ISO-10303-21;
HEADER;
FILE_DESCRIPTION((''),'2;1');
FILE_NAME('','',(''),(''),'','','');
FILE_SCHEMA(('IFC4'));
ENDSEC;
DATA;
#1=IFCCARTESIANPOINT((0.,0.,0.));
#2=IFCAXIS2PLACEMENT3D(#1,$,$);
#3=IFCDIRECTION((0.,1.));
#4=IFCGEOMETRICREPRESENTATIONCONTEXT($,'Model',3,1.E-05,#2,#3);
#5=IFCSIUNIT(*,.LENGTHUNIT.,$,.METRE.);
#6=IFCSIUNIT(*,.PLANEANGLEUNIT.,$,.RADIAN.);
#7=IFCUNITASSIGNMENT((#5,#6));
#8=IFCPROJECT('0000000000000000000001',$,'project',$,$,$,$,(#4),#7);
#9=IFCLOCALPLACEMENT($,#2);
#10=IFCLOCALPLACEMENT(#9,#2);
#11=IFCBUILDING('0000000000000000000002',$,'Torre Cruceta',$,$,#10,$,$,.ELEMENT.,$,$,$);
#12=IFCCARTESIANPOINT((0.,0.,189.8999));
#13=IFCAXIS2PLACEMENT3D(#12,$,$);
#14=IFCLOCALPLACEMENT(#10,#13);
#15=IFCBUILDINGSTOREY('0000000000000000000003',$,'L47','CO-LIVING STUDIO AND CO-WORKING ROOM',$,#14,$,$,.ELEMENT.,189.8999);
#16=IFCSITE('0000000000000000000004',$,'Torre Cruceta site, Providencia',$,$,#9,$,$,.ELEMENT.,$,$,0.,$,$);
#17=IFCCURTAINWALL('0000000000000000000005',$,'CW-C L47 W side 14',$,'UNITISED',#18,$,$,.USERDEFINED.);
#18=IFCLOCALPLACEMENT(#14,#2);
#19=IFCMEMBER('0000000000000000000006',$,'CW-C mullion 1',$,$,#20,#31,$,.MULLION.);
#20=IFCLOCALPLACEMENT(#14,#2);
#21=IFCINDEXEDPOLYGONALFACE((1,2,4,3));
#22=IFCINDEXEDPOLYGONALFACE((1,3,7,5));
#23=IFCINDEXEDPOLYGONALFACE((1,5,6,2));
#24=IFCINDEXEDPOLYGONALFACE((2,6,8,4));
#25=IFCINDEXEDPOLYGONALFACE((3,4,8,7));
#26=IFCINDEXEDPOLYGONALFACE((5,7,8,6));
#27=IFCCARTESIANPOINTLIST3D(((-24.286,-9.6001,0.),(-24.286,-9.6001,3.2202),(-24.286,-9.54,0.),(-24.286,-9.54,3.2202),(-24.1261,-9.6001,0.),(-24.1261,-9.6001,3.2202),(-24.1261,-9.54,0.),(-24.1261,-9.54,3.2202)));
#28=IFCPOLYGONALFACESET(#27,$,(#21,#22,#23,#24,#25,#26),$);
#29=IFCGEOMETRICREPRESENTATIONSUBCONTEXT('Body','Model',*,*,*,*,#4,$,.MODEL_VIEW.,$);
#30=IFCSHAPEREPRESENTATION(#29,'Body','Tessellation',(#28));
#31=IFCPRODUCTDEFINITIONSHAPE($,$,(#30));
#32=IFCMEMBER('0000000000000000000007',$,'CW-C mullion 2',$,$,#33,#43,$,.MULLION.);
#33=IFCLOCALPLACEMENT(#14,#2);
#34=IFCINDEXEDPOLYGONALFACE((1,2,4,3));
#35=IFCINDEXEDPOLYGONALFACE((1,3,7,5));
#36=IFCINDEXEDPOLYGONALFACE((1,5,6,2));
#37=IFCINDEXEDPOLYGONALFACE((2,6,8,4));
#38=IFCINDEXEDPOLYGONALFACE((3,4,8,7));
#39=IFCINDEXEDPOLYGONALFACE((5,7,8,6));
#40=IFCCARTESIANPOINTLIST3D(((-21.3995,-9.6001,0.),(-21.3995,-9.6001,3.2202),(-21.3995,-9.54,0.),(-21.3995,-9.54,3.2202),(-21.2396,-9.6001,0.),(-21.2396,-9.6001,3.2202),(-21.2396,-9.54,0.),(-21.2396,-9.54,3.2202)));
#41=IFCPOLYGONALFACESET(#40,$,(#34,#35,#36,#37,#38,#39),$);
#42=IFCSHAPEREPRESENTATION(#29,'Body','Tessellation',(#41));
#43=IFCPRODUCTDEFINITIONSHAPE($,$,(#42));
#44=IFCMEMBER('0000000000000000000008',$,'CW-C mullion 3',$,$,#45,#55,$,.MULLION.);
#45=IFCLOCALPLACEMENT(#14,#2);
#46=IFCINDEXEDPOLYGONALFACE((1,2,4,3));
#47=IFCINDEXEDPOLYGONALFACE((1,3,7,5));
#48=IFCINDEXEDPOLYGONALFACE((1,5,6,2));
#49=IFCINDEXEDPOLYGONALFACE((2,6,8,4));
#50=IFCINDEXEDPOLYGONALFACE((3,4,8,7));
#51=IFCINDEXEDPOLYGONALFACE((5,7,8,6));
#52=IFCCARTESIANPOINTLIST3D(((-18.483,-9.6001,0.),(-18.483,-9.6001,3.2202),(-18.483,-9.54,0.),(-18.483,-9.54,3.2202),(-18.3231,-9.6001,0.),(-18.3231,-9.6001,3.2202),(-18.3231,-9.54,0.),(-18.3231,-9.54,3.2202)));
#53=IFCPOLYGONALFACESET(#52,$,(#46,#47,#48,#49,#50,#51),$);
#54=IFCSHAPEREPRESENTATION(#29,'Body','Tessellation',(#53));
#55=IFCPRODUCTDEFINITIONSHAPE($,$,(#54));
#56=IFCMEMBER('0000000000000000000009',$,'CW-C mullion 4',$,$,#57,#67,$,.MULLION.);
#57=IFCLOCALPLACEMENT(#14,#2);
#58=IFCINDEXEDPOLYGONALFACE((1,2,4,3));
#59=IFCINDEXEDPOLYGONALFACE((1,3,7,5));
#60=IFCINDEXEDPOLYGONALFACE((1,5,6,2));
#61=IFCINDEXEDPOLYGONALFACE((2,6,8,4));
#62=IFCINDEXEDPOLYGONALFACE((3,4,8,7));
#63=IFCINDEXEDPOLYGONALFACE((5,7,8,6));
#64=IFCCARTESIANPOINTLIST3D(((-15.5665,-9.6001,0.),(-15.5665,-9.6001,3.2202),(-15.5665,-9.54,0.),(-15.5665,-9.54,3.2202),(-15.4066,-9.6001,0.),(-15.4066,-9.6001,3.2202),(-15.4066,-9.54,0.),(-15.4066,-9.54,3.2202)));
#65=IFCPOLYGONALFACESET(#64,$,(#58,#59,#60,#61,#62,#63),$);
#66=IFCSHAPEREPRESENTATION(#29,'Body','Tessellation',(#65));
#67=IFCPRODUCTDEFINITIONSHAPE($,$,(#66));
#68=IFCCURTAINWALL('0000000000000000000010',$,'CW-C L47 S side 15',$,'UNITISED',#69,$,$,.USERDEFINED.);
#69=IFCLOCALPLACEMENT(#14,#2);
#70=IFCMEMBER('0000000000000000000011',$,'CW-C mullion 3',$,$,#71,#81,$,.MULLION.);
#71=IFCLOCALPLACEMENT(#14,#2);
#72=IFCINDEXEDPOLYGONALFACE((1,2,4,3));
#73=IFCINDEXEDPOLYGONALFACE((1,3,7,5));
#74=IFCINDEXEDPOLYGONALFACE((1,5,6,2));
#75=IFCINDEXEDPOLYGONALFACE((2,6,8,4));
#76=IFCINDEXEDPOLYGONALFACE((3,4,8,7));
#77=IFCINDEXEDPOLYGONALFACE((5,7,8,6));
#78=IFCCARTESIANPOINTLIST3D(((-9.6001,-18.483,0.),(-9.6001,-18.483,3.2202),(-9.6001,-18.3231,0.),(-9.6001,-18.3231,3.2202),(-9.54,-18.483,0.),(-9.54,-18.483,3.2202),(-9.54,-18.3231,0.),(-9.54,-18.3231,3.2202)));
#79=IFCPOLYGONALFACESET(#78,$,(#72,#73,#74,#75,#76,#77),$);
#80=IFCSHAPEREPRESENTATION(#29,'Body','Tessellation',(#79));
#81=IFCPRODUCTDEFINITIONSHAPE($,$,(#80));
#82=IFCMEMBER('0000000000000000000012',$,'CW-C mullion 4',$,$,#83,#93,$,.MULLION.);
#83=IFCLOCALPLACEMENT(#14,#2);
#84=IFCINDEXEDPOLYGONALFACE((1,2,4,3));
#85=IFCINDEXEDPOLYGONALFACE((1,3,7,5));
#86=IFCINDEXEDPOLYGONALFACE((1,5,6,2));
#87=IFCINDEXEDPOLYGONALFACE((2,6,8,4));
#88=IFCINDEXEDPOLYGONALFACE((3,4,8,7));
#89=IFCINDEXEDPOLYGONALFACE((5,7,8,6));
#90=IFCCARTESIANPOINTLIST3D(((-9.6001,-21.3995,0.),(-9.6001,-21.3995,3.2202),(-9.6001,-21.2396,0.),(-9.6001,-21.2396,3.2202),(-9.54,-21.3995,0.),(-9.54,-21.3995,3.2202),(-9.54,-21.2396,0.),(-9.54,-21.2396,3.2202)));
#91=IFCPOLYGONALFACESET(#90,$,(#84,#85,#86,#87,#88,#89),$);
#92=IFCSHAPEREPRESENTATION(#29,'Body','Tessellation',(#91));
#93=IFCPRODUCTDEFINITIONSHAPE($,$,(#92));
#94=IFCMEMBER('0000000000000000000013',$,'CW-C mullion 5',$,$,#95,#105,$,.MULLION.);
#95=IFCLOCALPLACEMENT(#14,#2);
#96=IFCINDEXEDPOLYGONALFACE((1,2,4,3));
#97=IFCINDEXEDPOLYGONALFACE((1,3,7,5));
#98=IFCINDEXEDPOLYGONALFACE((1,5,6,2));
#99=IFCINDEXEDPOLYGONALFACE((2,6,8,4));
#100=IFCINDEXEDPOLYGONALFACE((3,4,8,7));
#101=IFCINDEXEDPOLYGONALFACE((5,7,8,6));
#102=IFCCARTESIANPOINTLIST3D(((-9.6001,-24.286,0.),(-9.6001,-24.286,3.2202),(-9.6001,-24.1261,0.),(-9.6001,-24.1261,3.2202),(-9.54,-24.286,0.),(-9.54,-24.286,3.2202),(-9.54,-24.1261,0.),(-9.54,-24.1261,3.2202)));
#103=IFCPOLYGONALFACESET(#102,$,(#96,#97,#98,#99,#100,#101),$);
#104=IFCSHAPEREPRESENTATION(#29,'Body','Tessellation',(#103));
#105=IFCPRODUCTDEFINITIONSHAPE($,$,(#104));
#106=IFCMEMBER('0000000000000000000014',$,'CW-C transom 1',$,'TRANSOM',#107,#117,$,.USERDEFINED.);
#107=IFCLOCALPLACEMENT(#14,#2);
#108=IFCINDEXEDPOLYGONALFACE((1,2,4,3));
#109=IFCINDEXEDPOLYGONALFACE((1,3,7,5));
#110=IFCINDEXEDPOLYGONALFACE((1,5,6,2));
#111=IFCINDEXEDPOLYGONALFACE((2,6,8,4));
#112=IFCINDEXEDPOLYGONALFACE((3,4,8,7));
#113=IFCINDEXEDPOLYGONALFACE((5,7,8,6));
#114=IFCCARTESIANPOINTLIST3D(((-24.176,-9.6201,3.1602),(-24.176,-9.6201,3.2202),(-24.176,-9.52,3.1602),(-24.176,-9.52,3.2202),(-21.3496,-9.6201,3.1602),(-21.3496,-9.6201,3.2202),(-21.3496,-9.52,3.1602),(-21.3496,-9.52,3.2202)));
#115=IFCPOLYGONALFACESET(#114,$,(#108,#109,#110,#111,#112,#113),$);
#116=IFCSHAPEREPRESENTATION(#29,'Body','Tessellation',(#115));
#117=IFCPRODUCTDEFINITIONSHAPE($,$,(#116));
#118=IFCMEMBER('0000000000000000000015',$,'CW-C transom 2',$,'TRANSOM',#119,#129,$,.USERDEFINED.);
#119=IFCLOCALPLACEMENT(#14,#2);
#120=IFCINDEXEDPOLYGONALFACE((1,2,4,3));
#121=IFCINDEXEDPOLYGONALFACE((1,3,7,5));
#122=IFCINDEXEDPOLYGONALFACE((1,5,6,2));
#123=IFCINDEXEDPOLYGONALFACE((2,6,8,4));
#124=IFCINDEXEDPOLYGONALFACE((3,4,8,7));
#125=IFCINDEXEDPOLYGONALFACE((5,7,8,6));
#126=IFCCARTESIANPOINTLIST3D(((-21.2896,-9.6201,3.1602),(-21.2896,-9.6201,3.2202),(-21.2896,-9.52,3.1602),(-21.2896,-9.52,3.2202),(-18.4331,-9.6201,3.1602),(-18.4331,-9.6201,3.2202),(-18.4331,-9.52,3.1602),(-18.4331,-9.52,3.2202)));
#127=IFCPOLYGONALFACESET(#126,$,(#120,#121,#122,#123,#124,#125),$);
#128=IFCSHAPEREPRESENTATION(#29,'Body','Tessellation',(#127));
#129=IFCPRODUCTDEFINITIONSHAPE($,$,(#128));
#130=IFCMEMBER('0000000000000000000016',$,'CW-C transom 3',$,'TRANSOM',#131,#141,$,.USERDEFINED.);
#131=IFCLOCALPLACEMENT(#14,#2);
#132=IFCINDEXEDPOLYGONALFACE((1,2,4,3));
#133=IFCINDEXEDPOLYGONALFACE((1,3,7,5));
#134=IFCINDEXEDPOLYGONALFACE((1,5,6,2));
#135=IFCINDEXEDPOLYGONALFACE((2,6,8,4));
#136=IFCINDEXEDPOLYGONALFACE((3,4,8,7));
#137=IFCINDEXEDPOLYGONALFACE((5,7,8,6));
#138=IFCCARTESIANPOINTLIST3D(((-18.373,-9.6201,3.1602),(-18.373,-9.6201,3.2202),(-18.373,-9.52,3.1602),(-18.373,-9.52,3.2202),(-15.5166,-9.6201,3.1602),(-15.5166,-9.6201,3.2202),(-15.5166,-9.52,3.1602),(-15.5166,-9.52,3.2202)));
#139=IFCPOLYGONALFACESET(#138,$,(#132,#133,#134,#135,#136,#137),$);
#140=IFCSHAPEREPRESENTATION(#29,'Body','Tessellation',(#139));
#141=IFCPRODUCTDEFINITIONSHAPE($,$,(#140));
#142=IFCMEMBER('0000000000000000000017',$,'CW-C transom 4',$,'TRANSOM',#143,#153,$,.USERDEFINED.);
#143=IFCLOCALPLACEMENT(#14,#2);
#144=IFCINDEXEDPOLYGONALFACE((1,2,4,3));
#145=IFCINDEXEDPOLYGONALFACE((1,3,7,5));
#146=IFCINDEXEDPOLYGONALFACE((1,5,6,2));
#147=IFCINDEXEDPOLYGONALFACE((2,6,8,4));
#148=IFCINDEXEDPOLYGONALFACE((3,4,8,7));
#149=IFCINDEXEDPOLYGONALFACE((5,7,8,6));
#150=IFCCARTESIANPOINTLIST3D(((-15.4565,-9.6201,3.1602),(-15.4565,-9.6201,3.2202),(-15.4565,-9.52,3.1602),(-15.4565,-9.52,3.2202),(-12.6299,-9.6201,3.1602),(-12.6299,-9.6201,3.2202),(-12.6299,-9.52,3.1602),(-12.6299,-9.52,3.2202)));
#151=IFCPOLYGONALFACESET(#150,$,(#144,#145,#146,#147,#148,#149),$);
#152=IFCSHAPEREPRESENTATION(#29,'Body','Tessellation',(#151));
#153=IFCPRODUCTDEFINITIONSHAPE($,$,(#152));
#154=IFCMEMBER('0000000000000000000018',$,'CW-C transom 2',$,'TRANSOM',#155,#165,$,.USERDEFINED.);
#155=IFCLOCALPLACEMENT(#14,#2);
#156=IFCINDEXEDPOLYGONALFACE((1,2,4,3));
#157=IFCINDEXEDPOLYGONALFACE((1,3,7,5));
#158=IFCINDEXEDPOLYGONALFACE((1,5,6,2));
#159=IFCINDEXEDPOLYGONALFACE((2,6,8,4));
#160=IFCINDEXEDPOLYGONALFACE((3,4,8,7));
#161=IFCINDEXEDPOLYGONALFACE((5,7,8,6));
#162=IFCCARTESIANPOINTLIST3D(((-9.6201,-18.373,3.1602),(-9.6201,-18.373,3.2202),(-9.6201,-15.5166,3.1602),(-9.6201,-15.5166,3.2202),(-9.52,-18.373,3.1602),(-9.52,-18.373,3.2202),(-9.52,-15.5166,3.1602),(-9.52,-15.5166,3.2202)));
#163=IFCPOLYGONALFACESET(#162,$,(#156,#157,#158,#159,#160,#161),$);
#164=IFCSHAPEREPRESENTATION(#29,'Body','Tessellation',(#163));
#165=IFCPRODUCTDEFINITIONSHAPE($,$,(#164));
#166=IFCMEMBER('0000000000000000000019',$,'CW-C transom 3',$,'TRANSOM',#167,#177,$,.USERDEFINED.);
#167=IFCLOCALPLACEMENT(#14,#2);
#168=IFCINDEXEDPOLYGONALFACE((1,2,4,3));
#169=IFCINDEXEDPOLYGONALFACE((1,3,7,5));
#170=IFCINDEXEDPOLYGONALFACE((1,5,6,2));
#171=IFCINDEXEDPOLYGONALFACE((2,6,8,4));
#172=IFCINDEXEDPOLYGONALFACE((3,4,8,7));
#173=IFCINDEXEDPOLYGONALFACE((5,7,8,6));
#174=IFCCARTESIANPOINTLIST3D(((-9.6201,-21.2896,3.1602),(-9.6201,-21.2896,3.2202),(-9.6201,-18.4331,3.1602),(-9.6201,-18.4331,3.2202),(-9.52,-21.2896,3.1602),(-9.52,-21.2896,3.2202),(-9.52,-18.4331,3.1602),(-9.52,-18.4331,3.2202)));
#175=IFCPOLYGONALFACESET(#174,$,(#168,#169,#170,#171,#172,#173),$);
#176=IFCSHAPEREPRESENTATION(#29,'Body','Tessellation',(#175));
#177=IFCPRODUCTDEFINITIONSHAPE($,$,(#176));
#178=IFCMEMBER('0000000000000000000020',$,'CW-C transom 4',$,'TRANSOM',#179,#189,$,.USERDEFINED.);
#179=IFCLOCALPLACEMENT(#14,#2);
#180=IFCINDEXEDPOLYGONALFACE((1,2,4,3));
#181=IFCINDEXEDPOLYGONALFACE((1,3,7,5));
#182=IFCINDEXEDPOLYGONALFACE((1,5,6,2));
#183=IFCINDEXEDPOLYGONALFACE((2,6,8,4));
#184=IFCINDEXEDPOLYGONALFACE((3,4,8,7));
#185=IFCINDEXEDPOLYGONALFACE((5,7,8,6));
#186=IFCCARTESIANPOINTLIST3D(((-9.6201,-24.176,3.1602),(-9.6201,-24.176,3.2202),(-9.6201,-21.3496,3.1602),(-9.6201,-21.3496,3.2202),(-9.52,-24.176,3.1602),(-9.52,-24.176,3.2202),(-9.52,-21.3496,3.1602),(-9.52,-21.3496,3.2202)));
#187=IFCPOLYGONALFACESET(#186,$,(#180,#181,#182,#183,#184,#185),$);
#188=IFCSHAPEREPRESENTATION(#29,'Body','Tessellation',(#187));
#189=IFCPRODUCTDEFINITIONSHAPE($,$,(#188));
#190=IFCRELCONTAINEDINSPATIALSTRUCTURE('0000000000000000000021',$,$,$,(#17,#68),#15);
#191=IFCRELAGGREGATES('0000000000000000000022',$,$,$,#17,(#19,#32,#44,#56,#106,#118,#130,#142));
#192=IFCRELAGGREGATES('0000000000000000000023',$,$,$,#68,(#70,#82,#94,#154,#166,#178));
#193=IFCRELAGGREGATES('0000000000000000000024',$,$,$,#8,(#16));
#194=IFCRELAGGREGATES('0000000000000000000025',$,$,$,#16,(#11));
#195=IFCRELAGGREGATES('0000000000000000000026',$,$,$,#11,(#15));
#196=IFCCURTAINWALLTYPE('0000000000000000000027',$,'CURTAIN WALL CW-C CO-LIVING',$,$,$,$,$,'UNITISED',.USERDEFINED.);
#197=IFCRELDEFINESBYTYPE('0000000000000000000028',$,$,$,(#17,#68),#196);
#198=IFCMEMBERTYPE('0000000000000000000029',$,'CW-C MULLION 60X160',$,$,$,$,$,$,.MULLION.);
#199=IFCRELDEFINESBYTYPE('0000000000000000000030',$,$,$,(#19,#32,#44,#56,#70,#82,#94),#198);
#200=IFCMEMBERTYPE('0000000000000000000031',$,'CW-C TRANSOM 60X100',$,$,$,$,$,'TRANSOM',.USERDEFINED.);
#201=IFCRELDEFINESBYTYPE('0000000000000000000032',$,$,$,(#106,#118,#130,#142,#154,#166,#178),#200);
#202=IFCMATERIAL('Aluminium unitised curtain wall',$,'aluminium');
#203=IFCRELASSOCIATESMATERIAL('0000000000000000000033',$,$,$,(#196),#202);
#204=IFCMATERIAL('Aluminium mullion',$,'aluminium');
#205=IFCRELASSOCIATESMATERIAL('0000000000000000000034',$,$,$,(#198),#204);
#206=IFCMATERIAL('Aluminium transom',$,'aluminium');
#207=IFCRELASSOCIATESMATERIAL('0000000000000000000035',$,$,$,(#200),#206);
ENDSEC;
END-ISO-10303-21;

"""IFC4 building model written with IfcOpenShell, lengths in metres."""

from ifc_helpers import new_model, si_unit, direction, frame, origin, origin_2d, place, context, subcontext, project, spatial, rectangle, extrude, material, material_profile, profile_set, type_object, element, aggregate, save


model = new_model("IFC4")

# Units and contexts
model_context = context("Model", 3, precision=1e-05, world=origin(), true_north=direction((0.0, 1.0)))
body_context = subcontext(model_context, "Body", "Model", "MODEL_VIEW")
ifc_project = project(units=[si_unit("LENGTHUNIT", "METRE"), si_unit("PLANEANGLEUNIT", "RADIAN")], contexts=[model_context])

# Site, building, storey
site_placement = place(None, origin())
site = spatial("IfcSite", under=ifc_project, at=site_placement, Name="Torre Cruceta site, Providencia", CompositionType="ELEMENT", RefElevation=0.0)
building_placement = place(site_placement, origin())
building = spatial("IfcBuilding", under=site, at=building_placement, Name="Torre Cruceta", CompositionType="ELEMENT")
storey_placement = place(building_placement, frame((0.0, 0.0, 189.8999)))
storey = spatial("IfcBuildingStorey", under=building, at=storey_placement, Name="L47", Description="CO-LIVING STUDIO AND CO-WORKING ROOM", CompositionType="ELEMENT", Elevation=189.8999)

# Curtain walls, members
ifc_material_1 = material(Name="Aluminium unitised curtain wall", Category="aluminium")
curtain_wall_type = type_object("IfcCurtainWallType", Name="CURTAIN WALL CW-C CO-LIVING", ElementType="UNITISED", PredefinedType="USERDEFINED", material=ifc_material_1)
curtain_wall_1_placement = place(storey_placement, origin())
curtain_wall_1 = element("IfcCurtainWall", 1, at=curtain_wall_1_placement, inside=storey, type_object=curtain_wall_type, Name="CW-C L47 W side 14", ObjectType="UNITISED", PredefinedType="USERDEFINED")
ifc_material_2 = material(Name="Aluminium mullion", Category="aluminium")
ifc_material_profile_1 = material_profile(ifc_material_2, rectangle(XDim=0.0601, YDim=0.1599, at=origin_2d()), Name="AL 60X160")
ifc_profile_set_1 = profile_set([ifc_material_profile_1], Name="Aluminium mullion")
member_type_1 = type_object("IfcMemberType", Name="CW-C MULLION 60X160", PredefinedType="MULLION", material=ifc_profile_set_1)
member_1_placement = place(storey_placement, frame((-24.2061, -9.5701, 0.0), z_axis=(0.0, 0.0, 1.0), x_axis=(0.0, 1.0, 0.0)))
member_1 = element("IfcMember", 2, at=member_1_placement, type_object=member_type_1, Name="CW-C mullion 1", PredefinedType="MULLION", context=body_context, shape_type="SweptSolid", body=[
    extrude(rectangle(XDim=0.0601, YDim=0.1599, at=origin_2d()), origin(), (0.0, 0.0, 1.0), 3.2202),
])
member_2_placement = place(storey_placement, frame((-21.3196, -9.5701, 0.0), z_axis=(0.0, 0.0, 1.0), x_axis=(0.0, 1.0, 0.0)))
member_2 = element("IfcMember", 3, at=member_2_placement, type_object=member_type_1, Name="CW-C mullion 2", PredefinedType="MULLION", context=body_context, shape_type="SweptSolid", body=[
    extrude(rectangle(XDim=0.0601, YDim=0.1599, at=origin_2d()), origin(), (0.0, 0.0, 1.0), 3.2202),
])
member_3_placement = place(storey_placement, frame((-18.4031, -9.5701, 0.0), z_axis=(0.0, 0.0, 1.0), x_axis=(0.0, 1.0, 0.0)))
member_3 = element("IfcMember", 4, at=member_3_placement, type_object=member_type_1, Name="CW-C mullion 3", PredefinedType="MULLION", context=body_context, shape_type="SweptSolid", body=[
    extrude(rectangle(XDim=0.0601, YDim=0.1599, at=origin_2d()), origin(), (0.0, 0.0, 1.0), 3.2202),
])
member_4_placement = place(storey_placement, frame((-15.4866, -9.5701, 0.0), z_axis=(0.0, 0.0, 1.0), x_axis=(0.0, 1.0, 0.0)))
member_4 = element("IfcMember", 5, at=member_4_placement, type_object=member_type_1, Name="CW-C mullion 4", PredefinedType="MULLION", context=body_context, shape_type="SweptSolid", body=[
    extrude(rectangle(XDim=0.0601, YDim=0.1599, at=origin_2d()), origin(), (0.0, 0.0, 1.0), 3.2202),
])
curtain_wall_2_placement = place(storey_placement, origin())
curtain_wall_2 = element("IfcCurtainWall", 6, at=curtain_wall_2_placement, inside=storey, type_object=curtain_wall_type, Name="CW-C L47 S side 15", ObjectType="UNITISED", PredefinedType="USERDEFINED")
member_5_placement = place(storey_placement, frame((-9.5701, -18.4031, 0.0), z_axis=(0.0, 0.0, 1.0), x_axis=(1.0, 0.0, 0.0)))
member_5 = element("IfcMember", 7, at=member_5_placement, type_object=member_type_1, Name="CW-C mullion 3", PredefinedType="MULLION", context=body_context, shape_type="SweptSolid", body=[
    extrude(rectangle(XDim=0.0601, YDim=0.1599, at=origin_2d()), origin(), (0.0, 0.0, 1.0), 3.2202),
])
member_6_placement = place(storey_placement, frame((-9.5701, -21.3196, 0.0), z_axis=(0.0, 0.0, 1.0), x_axis=(1.0, 0.0, 0.0)))
member_6 = element("IfcMember", 8, at=member_6_placement, type_object=member_type_1, Name="CW-C mullion 4", PredefinedType="MULLION", context=body_context, shape_type="SweptSolid", body=[
    extrude(rectangle(XDim=0.0601, YDim=0.1599, at=origin_2d()), origin(), (0.0, 0.0, 1.0), 3.2202),
])
member_7_placement = place(storey_placement, frame((-9.5701, -24.2061, 0.0), z_axis=(0.0, 0.0, 1.0), x_axis=(1.0, 0.0, 0.0)))
member_7 = element("IfcMember", 9, at=member_7_placement, type_object=member_type_1, Name="CW-C mullion 5", PredefinedType="MULLION", context=body_context, shape_type="SweptSolid", body=[
    extrude(rectangle(XDim=0.0601, YDim=0.1599, at=origin_2d()), origin(), (0.0, 0.0, 1.0), 3.2202),
])

# Members
ifc_material_3 = material(Name="Aluminium transom", Category="aluminium")
ifc_material_profile_2 = material_profile(ifc_material_3, rectangle(XDim=0.1001, YDim=0.0601, at=origin_2d()), Name="AL 100X60")
ifc_profile_set_2 = profile_set([ifc_material_profile_2], Name="Aluminium transom")
member_type_2 = type_object("IfcMemberType", Name="CW-C TRANSOM 60X100", ElementType="TRANSOM", PredefinedType="USERDEFINED", material=ifc_profile_set_2)
member_8_placement = place(storey_placement, frame((-24.176, -9.5701, 3.1902), z_axis=(1.0, 0.0, 0.0), x_axis=(0.0, 1.0, 0.0)))
member_8 = element("IfcMember", 10, at=member_8_placement, type_object=member_type_2, Name="CW-C transom 1", ObjectType="TRANSOM", PredefinedType="USERDEFINED", context=body_context, shape_type="SweptSolid", body=[
    extrude(rectangle(XDim=0.1001, YDim=0.0601, at=origin_2d()), origin(), (0.0, 0.0, 1.0), 2.8264),
])
member_9_placement = place(storey_placement, frame((-21.2896, -9.5701, 3.1902), z_axis=(1.0, 0.0, 0.0), x_axis=(0.0, 1.0, 0.0)))
member_9 = element("IfcMember", 11, at=member_9_placement, type_object=member_type_2, Name="CW-C transom 2", ObjectType="TRANSOM", PredefinedType="USERDEFINED", context=body_context, shape_type="SweptSolid", body=[
    extrude(rectangle(XDim=0.1001, YDim=0.0601, at=origin_2d()), origin(), (0.0, 0.0, 1.0), 2.8564),
])
member_10_placement = place(storey_placement, frame((-18.373, -9.5701, 3.1902), z_axis=(1.0, 0.0, 0.0), x_axis=(0.0, 1.0, 0.0)))
member_10 = element("IfcMember", 12, at=member_10_placement, type_object=member_type_2, Name="CW-C transom 3", ObjectType="TRANSOM", PredefinedType="USERDEFINED", context=body_context, shape_type="SweptSolid", body=[
    extrude(rectangle(XDim=0.1001, YDim=0.0601, at=origin_2d()), origin(), (0.0, 0.0, 1.0), 2.8564),
])
member_11_placement = place(storey_placement, frame((-15.4565, -9.5701, 3.1902), z_axis=(1.0, 0.0, 0.0), x_axis=(0.0, 1.0, 0.0)))
member_11 = element("IfcMember", 13, at=member_11_placement, type_object=member_type_2, Name="CW-C transom 4", ObjectType="TRANSOM", PredefinedType="USERDEFINED", context=body_context, shape_type="SweptSolid", body=[
    extrude(rectangle(XDim=0.1001, YDim=0.0601, at=origin_2d()), origin(), (0.0, 0.0, 1.0), 2.8267),
])
member_12_placement = place(storey_placement, frame((-9.5701, -15.5166, 3.1902), z_axis=(0.0, -1.0, 0.0), x_axis=(1.0, 0.0, 0.0)))
member_12 = element("IfcMember", 14, at=member_12_placement, type_object=member_type_2, Name="CW-C transom 2", ObjectType="TRANSOM", PredefinedType="USERDEFINED", context=body_context, shape_type="SweptSolid", body=[
    extrude(rectangle(XDim=0.1001, YDim=0.0601, at=origin_2d()), origin(), (0.0, 0.0, 1.0), 2.8564),
])
member_13_placement = place(storey_placement, frame((-9.5701, -18.4331, 3.1902), z_axis=(0.0, -1.0, 0.0), x_axis=(1.0, 0.0, 0.0)))
member_13 = element("IfcMember", 15, at=member_13_placement, type_object=member_type_2, Name="CW-C transom 3", ObjectType="TRANSOM", PredefinedType="USERDEFINED", context=body_context, shape_type="SweptSolid", body=[
    extrude(rectangle(XDim=0.1001, YDim=0.0601, at=origin_2d()), origin(), (0.0, 0.0, 1.0), 2.8564),
])
member_14_placement = place(storey_placement, frame((-9.5701, -21.3496, 3.1902), z_axis=(0.0, -1.0, 0.0), x_axis=(1.0, 0.0, 0.0)))
member_14 = element("IfcMember", 16, at=member_14_placement, type_object=member_type_2, Name="CW-C transom 4", ObjectType="TRANSOM", PredefinedType="USERDEFINED", context=body_context, shape_type="SweptSolid", body=[
    extrude(rectangle(XDim=0.1001, YDim=0.0601, at=origin_2d()), origin(), (0.0, 0.0, 1.0), 2.8264),
])

aggregate(curtain_wall_1, [member_1, member_2, member_3, member_4, member_8, member_9, member_10, member_11])
aggregate(curtain_wall_2, [member_5, member_6, member_7, member_12, member_13, member_14])

save(model, "model.ifc")
